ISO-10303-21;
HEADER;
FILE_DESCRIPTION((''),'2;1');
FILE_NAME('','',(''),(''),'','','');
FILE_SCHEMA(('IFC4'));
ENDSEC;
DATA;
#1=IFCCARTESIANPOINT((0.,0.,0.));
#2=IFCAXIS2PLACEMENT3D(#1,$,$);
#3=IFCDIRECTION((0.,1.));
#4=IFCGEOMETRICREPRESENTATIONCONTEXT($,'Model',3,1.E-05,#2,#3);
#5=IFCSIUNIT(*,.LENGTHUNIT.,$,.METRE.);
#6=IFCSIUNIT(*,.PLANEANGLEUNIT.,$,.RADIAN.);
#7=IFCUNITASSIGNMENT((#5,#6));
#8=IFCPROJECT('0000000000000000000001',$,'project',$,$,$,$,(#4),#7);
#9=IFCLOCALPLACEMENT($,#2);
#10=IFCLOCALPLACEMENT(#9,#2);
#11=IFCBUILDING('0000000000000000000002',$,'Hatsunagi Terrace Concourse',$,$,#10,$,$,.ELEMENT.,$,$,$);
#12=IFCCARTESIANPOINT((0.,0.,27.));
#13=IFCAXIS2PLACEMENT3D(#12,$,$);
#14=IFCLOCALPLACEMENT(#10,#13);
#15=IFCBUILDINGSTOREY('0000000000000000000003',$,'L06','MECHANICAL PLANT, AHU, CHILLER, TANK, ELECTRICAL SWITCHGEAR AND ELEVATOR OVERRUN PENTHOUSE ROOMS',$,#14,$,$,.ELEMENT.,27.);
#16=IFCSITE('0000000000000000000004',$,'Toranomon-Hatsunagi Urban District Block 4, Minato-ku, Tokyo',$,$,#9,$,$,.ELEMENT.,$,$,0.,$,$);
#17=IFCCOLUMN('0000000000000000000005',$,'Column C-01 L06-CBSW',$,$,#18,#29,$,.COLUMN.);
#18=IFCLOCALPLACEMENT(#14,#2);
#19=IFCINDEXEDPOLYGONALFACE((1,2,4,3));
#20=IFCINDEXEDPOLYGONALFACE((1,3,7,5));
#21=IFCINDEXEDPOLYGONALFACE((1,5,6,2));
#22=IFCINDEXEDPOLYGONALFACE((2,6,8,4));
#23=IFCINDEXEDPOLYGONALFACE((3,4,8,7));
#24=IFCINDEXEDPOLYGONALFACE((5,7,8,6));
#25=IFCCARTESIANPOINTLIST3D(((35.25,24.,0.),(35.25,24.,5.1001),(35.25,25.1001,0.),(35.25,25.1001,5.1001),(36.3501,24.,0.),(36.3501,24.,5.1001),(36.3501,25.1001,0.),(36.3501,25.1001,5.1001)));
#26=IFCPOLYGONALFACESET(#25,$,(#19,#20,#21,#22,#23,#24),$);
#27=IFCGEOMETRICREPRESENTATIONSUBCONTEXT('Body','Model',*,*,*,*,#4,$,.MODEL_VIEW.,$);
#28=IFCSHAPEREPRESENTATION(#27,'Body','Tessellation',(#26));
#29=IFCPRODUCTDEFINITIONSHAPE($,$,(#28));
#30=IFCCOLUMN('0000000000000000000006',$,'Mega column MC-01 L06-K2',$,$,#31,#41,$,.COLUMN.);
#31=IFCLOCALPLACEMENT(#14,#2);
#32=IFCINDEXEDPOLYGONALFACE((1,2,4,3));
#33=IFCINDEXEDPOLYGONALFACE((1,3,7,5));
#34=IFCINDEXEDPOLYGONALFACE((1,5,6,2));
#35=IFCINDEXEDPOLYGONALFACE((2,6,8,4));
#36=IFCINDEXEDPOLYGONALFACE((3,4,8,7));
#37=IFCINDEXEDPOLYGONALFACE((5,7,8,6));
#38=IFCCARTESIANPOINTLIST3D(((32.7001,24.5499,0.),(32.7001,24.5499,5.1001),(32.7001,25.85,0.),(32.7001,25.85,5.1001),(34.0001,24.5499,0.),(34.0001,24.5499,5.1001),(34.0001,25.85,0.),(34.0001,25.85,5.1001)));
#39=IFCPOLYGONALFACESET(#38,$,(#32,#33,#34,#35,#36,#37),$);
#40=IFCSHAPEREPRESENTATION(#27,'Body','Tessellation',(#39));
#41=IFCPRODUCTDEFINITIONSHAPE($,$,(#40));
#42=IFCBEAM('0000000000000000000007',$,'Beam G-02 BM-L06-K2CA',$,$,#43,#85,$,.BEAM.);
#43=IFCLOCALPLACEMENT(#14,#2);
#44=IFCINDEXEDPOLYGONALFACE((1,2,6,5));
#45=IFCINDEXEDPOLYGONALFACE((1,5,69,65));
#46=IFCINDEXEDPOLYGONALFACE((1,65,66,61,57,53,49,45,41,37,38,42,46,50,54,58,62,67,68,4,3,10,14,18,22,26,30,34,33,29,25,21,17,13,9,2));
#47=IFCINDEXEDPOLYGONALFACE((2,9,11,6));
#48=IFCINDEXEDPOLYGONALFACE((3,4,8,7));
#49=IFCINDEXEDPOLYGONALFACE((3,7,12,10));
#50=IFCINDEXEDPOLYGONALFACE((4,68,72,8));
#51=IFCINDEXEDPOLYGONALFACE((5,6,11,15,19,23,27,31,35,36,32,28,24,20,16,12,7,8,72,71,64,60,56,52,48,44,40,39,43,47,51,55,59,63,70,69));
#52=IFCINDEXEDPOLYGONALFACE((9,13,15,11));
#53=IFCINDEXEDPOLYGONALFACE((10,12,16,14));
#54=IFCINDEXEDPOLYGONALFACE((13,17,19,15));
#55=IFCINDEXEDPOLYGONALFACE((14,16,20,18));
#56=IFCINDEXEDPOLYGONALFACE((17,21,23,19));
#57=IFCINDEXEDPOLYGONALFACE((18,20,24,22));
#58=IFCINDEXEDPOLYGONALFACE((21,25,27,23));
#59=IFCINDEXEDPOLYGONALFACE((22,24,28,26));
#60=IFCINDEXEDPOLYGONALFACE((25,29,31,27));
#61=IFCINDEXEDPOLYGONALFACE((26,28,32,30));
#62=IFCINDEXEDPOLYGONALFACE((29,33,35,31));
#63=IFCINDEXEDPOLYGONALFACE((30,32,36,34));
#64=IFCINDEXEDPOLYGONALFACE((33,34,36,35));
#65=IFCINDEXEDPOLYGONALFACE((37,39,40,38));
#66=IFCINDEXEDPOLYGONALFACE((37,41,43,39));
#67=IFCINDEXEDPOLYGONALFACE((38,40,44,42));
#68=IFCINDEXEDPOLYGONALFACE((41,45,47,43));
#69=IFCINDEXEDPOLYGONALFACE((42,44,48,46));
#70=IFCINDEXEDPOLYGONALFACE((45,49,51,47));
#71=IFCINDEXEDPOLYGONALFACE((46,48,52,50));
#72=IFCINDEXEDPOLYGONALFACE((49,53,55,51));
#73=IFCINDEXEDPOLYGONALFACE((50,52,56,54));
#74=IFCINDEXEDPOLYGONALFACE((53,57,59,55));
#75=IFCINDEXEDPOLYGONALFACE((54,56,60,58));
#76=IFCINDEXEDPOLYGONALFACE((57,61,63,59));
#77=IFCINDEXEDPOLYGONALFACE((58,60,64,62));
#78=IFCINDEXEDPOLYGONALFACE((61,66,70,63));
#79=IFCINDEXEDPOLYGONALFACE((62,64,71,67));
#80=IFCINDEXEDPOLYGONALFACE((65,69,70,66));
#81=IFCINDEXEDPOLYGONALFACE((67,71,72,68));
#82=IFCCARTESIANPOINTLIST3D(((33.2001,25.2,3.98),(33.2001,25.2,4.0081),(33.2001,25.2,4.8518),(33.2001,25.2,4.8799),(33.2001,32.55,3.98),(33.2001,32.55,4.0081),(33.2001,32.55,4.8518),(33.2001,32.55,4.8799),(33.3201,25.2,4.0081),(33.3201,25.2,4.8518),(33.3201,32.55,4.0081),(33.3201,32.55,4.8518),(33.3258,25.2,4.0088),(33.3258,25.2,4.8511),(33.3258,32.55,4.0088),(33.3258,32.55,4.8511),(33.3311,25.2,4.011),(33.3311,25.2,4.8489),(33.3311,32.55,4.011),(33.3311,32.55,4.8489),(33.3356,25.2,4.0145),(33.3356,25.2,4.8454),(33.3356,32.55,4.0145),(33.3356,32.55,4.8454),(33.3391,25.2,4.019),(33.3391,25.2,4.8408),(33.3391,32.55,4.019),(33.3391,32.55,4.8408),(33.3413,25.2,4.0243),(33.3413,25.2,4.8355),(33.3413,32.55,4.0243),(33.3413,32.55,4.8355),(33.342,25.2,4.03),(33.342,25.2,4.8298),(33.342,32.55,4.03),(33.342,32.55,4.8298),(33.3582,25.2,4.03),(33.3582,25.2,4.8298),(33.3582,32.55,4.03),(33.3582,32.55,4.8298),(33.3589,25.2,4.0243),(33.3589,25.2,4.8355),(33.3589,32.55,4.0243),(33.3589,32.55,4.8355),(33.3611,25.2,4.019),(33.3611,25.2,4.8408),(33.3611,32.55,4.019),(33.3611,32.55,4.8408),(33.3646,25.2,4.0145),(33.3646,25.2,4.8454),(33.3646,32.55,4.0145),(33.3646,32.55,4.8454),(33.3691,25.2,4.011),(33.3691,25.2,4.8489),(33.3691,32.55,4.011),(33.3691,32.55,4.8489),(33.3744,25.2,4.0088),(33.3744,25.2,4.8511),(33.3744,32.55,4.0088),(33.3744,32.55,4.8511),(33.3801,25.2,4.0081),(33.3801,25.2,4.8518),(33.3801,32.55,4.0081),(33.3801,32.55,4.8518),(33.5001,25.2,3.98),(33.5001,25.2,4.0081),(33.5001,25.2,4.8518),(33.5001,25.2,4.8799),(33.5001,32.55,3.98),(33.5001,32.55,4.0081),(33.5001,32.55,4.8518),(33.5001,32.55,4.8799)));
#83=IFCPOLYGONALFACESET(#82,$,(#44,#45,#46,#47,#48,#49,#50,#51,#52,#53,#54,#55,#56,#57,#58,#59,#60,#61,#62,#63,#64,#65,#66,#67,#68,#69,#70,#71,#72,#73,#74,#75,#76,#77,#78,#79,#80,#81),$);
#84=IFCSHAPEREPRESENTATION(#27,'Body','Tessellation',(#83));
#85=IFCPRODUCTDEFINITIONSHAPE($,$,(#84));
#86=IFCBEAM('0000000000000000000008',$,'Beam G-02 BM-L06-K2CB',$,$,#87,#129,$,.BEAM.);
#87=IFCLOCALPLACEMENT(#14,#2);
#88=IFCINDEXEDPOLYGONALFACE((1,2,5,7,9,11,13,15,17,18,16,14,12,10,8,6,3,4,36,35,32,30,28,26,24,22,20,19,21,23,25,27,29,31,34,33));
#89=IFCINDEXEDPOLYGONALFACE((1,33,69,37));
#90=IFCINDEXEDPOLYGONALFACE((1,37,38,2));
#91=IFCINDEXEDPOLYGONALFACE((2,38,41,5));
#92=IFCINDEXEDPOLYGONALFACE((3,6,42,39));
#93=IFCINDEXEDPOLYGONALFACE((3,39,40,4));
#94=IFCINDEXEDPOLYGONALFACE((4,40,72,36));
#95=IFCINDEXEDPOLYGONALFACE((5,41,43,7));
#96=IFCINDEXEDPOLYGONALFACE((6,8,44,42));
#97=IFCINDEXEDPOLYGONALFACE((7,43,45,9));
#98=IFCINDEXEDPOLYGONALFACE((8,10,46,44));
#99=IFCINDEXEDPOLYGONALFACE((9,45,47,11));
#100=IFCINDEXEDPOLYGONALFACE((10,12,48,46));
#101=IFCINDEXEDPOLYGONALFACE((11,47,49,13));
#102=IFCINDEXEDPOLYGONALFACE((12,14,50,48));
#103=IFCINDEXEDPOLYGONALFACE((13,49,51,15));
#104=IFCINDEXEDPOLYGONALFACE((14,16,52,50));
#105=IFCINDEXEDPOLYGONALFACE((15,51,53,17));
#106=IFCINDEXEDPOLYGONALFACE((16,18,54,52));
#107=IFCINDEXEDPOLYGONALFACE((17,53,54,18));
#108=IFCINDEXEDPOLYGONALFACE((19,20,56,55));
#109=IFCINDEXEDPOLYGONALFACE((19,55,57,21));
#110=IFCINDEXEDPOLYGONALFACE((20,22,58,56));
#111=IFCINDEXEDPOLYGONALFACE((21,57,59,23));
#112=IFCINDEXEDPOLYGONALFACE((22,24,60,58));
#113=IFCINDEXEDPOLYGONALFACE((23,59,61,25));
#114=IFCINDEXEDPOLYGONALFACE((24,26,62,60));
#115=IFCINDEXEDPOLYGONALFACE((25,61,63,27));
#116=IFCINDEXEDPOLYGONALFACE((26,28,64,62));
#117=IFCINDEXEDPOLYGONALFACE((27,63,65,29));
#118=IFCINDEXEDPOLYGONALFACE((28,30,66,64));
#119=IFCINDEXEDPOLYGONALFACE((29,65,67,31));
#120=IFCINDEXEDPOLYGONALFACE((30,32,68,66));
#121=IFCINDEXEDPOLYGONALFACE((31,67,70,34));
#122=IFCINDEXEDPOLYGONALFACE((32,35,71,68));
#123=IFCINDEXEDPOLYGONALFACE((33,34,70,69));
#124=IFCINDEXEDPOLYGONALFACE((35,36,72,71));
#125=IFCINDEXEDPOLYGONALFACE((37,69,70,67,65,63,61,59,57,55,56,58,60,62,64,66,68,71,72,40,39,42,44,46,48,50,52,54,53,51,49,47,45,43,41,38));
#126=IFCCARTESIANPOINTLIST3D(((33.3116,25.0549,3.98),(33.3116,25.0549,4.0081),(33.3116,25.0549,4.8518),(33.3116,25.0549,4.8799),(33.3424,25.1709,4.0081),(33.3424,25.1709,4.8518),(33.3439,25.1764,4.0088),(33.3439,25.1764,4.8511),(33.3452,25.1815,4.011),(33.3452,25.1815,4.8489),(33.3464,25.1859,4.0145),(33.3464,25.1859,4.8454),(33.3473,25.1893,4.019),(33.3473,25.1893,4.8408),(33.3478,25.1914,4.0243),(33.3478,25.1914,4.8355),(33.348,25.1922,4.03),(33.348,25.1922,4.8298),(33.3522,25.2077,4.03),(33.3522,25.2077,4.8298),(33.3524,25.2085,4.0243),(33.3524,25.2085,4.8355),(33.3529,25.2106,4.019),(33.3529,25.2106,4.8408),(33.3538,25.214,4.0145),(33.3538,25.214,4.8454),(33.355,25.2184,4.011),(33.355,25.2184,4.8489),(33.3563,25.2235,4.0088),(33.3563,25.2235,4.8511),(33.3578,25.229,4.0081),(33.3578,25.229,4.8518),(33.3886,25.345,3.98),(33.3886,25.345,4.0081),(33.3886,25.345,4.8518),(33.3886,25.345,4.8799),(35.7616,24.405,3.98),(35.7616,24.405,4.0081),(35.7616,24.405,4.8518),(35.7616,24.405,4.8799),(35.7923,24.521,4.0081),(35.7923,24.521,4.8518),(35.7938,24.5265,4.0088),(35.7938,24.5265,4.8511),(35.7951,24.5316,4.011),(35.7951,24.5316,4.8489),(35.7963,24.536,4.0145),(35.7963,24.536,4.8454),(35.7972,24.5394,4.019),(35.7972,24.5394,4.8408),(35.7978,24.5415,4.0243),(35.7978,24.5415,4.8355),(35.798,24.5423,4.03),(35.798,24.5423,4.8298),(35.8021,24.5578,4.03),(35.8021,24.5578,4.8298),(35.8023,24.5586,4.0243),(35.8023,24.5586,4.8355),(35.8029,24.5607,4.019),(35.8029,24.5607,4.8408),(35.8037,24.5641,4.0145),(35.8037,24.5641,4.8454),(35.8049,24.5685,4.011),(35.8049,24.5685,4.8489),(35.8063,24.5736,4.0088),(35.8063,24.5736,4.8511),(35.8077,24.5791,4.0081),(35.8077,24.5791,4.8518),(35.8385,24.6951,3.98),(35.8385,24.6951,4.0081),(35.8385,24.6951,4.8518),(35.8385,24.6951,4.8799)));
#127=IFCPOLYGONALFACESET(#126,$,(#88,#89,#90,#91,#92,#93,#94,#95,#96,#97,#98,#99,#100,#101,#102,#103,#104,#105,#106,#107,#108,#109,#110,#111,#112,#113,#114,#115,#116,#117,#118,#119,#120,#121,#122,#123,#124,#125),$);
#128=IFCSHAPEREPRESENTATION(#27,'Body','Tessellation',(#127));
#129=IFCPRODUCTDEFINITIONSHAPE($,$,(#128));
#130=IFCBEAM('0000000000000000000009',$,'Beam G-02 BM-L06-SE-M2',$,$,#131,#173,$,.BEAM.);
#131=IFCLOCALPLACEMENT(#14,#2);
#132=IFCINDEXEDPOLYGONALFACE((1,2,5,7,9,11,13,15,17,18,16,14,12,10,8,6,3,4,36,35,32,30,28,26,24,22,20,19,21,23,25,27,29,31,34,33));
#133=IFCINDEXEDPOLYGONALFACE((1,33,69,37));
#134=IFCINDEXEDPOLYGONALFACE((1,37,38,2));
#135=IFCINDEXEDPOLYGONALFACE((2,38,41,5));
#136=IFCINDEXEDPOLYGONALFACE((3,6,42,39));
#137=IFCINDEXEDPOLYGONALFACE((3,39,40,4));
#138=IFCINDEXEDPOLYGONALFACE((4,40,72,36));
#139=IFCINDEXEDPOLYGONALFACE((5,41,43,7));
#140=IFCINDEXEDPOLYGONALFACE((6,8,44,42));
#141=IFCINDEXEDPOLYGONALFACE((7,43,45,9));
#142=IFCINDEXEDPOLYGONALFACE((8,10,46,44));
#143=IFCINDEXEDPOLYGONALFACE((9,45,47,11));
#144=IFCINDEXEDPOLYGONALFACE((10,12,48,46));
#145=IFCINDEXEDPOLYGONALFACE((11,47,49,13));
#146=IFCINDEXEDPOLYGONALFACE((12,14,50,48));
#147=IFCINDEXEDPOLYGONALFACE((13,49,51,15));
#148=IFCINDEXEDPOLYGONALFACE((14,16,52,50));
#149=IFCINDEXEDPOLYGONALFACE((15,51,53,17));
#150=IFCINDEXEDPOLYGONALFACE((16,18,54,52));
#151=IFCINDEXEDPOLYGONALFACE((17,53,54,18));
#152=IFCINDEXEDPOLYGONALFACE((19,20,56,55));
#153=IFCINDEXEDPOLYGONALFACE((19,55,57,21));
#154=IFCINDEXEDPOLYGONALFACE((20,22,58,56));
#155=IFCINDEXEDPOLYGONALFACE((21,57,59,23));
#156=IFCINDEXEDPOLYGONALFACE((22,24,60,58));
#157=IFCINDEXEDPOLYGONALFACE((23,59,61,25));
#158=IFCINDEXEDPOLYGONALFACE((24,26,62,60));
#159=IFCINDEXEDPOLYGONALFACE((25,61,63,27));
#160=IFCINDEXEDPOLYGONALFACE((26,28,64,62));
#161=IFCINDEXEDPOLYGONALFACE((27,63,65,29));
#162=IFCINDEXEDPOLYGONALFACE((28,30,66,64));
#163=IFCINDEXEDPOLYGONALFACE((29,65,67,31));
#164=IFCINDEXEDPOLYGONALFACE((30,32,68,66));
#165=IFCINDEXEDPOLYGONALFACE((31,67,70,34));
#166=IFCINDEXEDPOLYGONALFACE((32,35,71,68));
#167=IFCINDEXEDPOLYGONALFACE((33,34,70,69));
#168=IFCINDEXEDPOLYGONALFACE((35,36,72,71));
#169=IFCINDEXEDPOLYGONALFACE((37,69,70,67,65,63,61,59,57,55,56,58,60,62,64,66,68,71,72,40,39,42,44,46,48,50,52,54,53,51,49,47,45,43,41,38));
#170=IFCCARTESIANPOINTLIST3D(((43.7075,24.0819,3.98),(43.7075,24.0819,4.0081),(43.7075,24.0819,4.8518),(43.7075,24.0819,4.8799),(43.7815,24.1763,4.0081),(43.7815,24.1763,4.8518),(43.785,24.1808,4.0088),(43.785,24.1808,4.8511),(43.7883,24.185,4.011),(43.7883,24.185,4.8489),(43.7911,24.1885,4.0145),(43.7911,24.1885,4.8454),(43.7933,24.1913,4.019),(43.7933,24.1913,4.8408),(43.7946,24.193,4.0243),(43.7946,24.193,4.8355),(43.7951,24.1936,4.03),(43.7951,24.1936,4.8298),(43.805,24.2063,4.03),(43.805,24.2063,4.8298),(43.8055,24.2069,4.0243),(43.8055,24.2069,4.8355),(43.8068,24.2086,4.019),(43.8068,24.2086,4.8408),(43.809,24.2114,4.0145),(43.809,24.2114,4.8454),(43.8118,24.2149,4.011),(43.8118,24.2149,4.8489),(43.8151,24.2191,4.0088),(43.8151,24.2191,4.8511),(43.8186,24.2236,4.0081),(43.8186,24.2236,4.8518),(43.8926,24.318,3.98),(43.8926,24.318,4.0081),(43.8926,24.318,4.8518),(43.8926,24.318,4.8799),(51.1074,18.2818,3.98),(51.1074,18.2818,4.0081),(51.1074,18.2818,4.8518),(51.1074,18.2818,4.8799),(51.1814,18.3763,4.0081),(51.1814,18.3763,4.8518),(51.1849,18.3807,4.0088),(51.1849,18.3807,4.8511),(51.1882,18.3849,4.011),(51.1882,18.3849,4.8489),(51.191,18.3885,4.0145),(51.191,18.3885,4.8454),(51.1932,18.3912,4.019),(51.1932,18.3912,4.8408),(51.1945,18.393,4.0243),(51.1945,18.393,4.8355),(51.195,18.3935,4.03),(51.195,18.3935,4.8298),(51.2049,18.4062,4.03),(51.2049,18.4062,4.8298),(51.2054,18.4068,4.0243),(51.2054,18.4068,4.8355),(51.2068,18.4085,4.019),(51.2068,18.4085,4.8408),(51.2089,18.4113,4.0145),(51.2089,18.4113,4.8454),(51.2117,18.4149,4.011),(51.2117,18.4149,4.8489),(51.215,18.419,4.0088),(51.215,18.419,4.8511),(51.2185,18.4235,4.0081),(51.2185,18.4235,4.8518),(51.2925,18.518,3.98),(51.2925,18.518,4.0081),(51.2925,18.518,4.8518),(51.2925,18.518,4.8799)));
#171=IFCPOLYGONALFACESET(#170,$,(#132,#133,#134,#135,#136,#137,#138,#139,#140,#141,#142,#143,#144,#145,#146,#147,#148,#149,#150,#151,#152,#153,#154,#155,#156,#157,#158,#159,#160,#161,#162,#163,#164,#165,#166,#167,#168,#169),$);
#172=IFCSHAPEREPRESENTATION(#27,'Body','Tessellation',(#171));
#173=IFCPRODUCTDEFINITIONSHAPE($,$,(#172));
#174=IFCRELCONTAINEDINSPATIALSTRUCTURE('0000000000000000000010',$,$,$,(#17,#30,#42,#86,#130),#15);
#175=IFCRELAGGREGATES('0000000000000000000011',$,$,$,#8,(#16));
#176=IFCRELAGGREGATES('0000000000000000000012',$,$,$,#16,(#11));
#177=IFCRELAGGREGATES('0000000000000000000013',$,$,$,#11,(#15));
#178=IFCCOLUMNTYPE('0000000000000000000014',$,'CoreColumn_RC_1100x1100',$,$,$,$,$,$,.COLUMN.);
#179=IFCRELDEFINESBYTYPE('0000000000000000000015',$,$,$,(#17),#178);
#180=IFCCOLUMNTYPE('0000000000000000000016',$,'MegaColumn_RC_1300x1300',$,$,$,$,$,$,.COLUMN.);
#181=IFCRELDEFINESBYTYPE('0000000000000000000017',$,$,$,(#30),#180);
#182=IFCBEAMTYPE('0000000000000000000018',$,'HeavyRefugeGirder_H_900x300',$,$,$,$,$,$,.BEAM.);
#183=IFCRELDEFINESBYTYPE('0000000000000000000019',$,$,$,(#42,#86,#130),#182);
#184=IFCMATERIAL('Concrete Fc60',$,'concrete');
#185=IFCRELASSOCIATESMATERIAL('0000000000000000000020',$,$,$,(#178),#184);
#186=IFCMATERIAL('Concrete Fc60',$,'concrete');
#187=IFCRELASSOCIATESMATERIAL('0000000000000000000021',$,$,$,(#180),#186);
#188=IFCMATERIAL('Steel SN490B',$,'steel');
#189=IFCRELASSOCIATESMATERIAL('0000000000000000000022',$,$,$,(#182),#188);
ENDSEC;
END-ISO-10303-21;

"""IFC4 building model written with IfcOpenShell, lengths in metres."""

from ifc_helpers import new_model, si_unit, direction, frame, origin, origin_2d, place, context, subcontext, project, spatial, rectangle, i_section, extrude, material, material_profile, profile_set, type_object, element, save


model = new_model("IFC4")

# Units and contexts
model_context = context("Model", 3, precision=1e-05, world=origin(), true_north=direction((0.0, 1.0)))
body_context = subcontext(model_context, "Body", "Model", "MODEL_VIEW")
ifc_project = project(units=[si_unit("LENGTHUNIT", "METRE"), si_unit("PLANEANGLEUNIT", "RADIAN")], contexts=[model_context])

# Site, building, storey
site_placement = place(None, origin())
site = spatial("IfcSite", under=ifc_project, at=site_placement, Name="Toranomon-Hatsunagi Urban District Block 4, Minato-ku, Tokyo", CompositionType="ELEMENT", RefElevation=0.0)
building_placement = place(site_placement, origin())
building = spatial("IfcBuilding", under=site, at=building_placement, Name="Hatsunagi Terrace Concourse", CompositionType="ELEMENT")
storey_placement = place(building_placement, frame((0.0, 0.0, 27.0)))
storey = spatial("IfcBuildingStorey", under=building, at=storey_placement, Name="L06", Description="MECHANICAL PLANT, AHU, CHILLER, TANK, ELECTRICAL SWITCHGEAR AND ELEVATOR OVERRUN PENTHOUSE ROOMS", CompositionType="ELEMENT", Elevation=27.0)

# Columns
ifc_material_1 = material(Name="Concrete Fc60", Category="concrete")
ifc_material_profile_1 = material_profile(ifc_material_1, rectangle(XDim=1.1001, YDim=1.1001, at=origin_2d()), Name="RC-1100x1100")
ifc_profile_set_1 = profile_set([ifc_material_profile_1], Name="Concrete Fc60")
column_type_1 = type_object("IfcColumnType", Name="CoreColumn_RC_1100x1100", PredefinedType="COLUMN", material=ifc_profile_set_1)
column_1_placement = place(storey_placement, frame((35.8, 24.55, 0.0), z_axis=(0.0, 0.0, 1.0), x_axis=(1.0, 0.0, 0.0)))
element("IfcColumn", 1, at=column_1_placement, inside=storey, type_object=column_type_1, Name="Column C-01 L06-CBSW", PredefinedType="COLUMN", context=body_context, shape_type="SweptSolid", body=[
    extrude(rectangle(XDim=1.1001, YDim=1.1001, at=origin_2d()), origin(), (0.0, 0.0, 1.0), 5.1001),
])
ifc_material_2 = material(Name="Concrete Fc60", Category="concrete")
ifc_material_profile_2 = material_profile(ifc_material_2, rectangle(XDim=1.3, YDim=1.3, at=origin_2d()), Name="RC-1300x1300")
ifc_profile_set_2 = profile_set([ifc_material_profile_2], Name="Concrete Fc60")
column_type_2 = type_object("IfcColumnType", Name="MegaColumn_RC_1300x1300", PredefinedType="COLUMN", material=ifc_profile_set_2)
column_2_placement = place(storey_placement, frame((33.3501, 25.2, 0.0), z_axis=(0.0, 0.0, 1.0), x_axis=(1.0, 0.0, 0.0)))
element("IfcColumn", 2, at=column_2_placement, inside=storey, type_object=column_type_2, Name="Mega column MC-01 L06-K2", PredefinedType="COLUMN", context=body_context, shape_type="SweptSolid", body=[
    extrude(rectangle(XDim=1.3, YDim=1.3, at=origin_2d()), origin(), (0.0, 0.0, 1.0), 5.1001),
])

# Beams
ifc_material_3 = material(Name="Steel SN490B", Category="steel")
ifc_material_profile_3 = material_profile(ifc_material_3, i_section(OverallWidth=0.3, OverallDepth=0.8999, WebThickness=0.0161, FlangeThickness=0.0281, FilletRadius=0.022, at=origin_2d()), Name="H-900x300x16x28")
ifc_profile_set_3 = profile_set([ifc_material_profile_3], Name="Steel SN490B")
beam_type_1 = type_object("IfcBeamType", Name="HeavyRefugeGirder_H_900x300", PredefinedType="BEAM", material=ifc_profile_set_3)
beam_1_placement = place(storey_placement, frame((33.3501, 25.2, 4.4299), z_axis=(0.0, 1.0, 0.0), x_axis=(-1.0, 0.0, 0.0)))
element("IfcBeam", 3, at=beam_1_placement, inside=storey, type_object=beam_type_1, Name="Beam G-02 BM-L06-K2CA", PredefinedType="BEAM", context=body_context, shape_type="SweptSolid", body=[
    extrude(i_section(OverallWidth=0.3, OverallDepth=0.8999, WebThickness=0.0161, FlangeThickness=0.0281, FilletRadius=0.022, at=origin_2d()), origin(), (0.0, 0.0, 1.0), 7.3501),
])
beam_2_placement = place(storey_placement, frame((33.3501, 25.2, 4.4299), z_axis=(0.96657, -0.256403, 0.0), x_axis=(0.256403, 0.96657, 0.0)))
element("IfcBeam", 4, at=beam_2_placement, inside=storey, type_object=beam_type_1, Name="Beam G-02 BM-L06-K2CB", PredefinedType="BEAM", context=body_context, shape_type="SweptSolid", body=[
    extrude(i_section(OverallWidth=0.3, OverallDepth=0.8999, WebThickness=0.0161, FlangeThickness=0.0281, FilletRadius=0.022, at=origin_2d()), origin(), (0.0, 0.0, 1.0), 2.5347),
])
beam_3_placement = place(storey_placement, frame((43.8, 24.2, 4.4299), z_axis=(0.787049, -0.61689, 0.0), x_axis=(0.61689, 0.787049, 0.0)))
element("IfcBeam", 5, at=beam_3_placement, inside=storey, type_object=beam_type_1, Name="Beam G-02 BM-L06-SE-M2", PredefinedType="BEAM", context=body_context, shape_type="SweptSolid", body=[
    extrude(i_section(OverallWidth=0.3, OverallDepth=0.8999, WebThickness=0.0161, FlangeThickness=0.0281, FilletRadius=0.022, at=origin_2d()), origin(), (0.0, 0.0, 1.0), 9.4021),
])

save(model, "model.ifc")
